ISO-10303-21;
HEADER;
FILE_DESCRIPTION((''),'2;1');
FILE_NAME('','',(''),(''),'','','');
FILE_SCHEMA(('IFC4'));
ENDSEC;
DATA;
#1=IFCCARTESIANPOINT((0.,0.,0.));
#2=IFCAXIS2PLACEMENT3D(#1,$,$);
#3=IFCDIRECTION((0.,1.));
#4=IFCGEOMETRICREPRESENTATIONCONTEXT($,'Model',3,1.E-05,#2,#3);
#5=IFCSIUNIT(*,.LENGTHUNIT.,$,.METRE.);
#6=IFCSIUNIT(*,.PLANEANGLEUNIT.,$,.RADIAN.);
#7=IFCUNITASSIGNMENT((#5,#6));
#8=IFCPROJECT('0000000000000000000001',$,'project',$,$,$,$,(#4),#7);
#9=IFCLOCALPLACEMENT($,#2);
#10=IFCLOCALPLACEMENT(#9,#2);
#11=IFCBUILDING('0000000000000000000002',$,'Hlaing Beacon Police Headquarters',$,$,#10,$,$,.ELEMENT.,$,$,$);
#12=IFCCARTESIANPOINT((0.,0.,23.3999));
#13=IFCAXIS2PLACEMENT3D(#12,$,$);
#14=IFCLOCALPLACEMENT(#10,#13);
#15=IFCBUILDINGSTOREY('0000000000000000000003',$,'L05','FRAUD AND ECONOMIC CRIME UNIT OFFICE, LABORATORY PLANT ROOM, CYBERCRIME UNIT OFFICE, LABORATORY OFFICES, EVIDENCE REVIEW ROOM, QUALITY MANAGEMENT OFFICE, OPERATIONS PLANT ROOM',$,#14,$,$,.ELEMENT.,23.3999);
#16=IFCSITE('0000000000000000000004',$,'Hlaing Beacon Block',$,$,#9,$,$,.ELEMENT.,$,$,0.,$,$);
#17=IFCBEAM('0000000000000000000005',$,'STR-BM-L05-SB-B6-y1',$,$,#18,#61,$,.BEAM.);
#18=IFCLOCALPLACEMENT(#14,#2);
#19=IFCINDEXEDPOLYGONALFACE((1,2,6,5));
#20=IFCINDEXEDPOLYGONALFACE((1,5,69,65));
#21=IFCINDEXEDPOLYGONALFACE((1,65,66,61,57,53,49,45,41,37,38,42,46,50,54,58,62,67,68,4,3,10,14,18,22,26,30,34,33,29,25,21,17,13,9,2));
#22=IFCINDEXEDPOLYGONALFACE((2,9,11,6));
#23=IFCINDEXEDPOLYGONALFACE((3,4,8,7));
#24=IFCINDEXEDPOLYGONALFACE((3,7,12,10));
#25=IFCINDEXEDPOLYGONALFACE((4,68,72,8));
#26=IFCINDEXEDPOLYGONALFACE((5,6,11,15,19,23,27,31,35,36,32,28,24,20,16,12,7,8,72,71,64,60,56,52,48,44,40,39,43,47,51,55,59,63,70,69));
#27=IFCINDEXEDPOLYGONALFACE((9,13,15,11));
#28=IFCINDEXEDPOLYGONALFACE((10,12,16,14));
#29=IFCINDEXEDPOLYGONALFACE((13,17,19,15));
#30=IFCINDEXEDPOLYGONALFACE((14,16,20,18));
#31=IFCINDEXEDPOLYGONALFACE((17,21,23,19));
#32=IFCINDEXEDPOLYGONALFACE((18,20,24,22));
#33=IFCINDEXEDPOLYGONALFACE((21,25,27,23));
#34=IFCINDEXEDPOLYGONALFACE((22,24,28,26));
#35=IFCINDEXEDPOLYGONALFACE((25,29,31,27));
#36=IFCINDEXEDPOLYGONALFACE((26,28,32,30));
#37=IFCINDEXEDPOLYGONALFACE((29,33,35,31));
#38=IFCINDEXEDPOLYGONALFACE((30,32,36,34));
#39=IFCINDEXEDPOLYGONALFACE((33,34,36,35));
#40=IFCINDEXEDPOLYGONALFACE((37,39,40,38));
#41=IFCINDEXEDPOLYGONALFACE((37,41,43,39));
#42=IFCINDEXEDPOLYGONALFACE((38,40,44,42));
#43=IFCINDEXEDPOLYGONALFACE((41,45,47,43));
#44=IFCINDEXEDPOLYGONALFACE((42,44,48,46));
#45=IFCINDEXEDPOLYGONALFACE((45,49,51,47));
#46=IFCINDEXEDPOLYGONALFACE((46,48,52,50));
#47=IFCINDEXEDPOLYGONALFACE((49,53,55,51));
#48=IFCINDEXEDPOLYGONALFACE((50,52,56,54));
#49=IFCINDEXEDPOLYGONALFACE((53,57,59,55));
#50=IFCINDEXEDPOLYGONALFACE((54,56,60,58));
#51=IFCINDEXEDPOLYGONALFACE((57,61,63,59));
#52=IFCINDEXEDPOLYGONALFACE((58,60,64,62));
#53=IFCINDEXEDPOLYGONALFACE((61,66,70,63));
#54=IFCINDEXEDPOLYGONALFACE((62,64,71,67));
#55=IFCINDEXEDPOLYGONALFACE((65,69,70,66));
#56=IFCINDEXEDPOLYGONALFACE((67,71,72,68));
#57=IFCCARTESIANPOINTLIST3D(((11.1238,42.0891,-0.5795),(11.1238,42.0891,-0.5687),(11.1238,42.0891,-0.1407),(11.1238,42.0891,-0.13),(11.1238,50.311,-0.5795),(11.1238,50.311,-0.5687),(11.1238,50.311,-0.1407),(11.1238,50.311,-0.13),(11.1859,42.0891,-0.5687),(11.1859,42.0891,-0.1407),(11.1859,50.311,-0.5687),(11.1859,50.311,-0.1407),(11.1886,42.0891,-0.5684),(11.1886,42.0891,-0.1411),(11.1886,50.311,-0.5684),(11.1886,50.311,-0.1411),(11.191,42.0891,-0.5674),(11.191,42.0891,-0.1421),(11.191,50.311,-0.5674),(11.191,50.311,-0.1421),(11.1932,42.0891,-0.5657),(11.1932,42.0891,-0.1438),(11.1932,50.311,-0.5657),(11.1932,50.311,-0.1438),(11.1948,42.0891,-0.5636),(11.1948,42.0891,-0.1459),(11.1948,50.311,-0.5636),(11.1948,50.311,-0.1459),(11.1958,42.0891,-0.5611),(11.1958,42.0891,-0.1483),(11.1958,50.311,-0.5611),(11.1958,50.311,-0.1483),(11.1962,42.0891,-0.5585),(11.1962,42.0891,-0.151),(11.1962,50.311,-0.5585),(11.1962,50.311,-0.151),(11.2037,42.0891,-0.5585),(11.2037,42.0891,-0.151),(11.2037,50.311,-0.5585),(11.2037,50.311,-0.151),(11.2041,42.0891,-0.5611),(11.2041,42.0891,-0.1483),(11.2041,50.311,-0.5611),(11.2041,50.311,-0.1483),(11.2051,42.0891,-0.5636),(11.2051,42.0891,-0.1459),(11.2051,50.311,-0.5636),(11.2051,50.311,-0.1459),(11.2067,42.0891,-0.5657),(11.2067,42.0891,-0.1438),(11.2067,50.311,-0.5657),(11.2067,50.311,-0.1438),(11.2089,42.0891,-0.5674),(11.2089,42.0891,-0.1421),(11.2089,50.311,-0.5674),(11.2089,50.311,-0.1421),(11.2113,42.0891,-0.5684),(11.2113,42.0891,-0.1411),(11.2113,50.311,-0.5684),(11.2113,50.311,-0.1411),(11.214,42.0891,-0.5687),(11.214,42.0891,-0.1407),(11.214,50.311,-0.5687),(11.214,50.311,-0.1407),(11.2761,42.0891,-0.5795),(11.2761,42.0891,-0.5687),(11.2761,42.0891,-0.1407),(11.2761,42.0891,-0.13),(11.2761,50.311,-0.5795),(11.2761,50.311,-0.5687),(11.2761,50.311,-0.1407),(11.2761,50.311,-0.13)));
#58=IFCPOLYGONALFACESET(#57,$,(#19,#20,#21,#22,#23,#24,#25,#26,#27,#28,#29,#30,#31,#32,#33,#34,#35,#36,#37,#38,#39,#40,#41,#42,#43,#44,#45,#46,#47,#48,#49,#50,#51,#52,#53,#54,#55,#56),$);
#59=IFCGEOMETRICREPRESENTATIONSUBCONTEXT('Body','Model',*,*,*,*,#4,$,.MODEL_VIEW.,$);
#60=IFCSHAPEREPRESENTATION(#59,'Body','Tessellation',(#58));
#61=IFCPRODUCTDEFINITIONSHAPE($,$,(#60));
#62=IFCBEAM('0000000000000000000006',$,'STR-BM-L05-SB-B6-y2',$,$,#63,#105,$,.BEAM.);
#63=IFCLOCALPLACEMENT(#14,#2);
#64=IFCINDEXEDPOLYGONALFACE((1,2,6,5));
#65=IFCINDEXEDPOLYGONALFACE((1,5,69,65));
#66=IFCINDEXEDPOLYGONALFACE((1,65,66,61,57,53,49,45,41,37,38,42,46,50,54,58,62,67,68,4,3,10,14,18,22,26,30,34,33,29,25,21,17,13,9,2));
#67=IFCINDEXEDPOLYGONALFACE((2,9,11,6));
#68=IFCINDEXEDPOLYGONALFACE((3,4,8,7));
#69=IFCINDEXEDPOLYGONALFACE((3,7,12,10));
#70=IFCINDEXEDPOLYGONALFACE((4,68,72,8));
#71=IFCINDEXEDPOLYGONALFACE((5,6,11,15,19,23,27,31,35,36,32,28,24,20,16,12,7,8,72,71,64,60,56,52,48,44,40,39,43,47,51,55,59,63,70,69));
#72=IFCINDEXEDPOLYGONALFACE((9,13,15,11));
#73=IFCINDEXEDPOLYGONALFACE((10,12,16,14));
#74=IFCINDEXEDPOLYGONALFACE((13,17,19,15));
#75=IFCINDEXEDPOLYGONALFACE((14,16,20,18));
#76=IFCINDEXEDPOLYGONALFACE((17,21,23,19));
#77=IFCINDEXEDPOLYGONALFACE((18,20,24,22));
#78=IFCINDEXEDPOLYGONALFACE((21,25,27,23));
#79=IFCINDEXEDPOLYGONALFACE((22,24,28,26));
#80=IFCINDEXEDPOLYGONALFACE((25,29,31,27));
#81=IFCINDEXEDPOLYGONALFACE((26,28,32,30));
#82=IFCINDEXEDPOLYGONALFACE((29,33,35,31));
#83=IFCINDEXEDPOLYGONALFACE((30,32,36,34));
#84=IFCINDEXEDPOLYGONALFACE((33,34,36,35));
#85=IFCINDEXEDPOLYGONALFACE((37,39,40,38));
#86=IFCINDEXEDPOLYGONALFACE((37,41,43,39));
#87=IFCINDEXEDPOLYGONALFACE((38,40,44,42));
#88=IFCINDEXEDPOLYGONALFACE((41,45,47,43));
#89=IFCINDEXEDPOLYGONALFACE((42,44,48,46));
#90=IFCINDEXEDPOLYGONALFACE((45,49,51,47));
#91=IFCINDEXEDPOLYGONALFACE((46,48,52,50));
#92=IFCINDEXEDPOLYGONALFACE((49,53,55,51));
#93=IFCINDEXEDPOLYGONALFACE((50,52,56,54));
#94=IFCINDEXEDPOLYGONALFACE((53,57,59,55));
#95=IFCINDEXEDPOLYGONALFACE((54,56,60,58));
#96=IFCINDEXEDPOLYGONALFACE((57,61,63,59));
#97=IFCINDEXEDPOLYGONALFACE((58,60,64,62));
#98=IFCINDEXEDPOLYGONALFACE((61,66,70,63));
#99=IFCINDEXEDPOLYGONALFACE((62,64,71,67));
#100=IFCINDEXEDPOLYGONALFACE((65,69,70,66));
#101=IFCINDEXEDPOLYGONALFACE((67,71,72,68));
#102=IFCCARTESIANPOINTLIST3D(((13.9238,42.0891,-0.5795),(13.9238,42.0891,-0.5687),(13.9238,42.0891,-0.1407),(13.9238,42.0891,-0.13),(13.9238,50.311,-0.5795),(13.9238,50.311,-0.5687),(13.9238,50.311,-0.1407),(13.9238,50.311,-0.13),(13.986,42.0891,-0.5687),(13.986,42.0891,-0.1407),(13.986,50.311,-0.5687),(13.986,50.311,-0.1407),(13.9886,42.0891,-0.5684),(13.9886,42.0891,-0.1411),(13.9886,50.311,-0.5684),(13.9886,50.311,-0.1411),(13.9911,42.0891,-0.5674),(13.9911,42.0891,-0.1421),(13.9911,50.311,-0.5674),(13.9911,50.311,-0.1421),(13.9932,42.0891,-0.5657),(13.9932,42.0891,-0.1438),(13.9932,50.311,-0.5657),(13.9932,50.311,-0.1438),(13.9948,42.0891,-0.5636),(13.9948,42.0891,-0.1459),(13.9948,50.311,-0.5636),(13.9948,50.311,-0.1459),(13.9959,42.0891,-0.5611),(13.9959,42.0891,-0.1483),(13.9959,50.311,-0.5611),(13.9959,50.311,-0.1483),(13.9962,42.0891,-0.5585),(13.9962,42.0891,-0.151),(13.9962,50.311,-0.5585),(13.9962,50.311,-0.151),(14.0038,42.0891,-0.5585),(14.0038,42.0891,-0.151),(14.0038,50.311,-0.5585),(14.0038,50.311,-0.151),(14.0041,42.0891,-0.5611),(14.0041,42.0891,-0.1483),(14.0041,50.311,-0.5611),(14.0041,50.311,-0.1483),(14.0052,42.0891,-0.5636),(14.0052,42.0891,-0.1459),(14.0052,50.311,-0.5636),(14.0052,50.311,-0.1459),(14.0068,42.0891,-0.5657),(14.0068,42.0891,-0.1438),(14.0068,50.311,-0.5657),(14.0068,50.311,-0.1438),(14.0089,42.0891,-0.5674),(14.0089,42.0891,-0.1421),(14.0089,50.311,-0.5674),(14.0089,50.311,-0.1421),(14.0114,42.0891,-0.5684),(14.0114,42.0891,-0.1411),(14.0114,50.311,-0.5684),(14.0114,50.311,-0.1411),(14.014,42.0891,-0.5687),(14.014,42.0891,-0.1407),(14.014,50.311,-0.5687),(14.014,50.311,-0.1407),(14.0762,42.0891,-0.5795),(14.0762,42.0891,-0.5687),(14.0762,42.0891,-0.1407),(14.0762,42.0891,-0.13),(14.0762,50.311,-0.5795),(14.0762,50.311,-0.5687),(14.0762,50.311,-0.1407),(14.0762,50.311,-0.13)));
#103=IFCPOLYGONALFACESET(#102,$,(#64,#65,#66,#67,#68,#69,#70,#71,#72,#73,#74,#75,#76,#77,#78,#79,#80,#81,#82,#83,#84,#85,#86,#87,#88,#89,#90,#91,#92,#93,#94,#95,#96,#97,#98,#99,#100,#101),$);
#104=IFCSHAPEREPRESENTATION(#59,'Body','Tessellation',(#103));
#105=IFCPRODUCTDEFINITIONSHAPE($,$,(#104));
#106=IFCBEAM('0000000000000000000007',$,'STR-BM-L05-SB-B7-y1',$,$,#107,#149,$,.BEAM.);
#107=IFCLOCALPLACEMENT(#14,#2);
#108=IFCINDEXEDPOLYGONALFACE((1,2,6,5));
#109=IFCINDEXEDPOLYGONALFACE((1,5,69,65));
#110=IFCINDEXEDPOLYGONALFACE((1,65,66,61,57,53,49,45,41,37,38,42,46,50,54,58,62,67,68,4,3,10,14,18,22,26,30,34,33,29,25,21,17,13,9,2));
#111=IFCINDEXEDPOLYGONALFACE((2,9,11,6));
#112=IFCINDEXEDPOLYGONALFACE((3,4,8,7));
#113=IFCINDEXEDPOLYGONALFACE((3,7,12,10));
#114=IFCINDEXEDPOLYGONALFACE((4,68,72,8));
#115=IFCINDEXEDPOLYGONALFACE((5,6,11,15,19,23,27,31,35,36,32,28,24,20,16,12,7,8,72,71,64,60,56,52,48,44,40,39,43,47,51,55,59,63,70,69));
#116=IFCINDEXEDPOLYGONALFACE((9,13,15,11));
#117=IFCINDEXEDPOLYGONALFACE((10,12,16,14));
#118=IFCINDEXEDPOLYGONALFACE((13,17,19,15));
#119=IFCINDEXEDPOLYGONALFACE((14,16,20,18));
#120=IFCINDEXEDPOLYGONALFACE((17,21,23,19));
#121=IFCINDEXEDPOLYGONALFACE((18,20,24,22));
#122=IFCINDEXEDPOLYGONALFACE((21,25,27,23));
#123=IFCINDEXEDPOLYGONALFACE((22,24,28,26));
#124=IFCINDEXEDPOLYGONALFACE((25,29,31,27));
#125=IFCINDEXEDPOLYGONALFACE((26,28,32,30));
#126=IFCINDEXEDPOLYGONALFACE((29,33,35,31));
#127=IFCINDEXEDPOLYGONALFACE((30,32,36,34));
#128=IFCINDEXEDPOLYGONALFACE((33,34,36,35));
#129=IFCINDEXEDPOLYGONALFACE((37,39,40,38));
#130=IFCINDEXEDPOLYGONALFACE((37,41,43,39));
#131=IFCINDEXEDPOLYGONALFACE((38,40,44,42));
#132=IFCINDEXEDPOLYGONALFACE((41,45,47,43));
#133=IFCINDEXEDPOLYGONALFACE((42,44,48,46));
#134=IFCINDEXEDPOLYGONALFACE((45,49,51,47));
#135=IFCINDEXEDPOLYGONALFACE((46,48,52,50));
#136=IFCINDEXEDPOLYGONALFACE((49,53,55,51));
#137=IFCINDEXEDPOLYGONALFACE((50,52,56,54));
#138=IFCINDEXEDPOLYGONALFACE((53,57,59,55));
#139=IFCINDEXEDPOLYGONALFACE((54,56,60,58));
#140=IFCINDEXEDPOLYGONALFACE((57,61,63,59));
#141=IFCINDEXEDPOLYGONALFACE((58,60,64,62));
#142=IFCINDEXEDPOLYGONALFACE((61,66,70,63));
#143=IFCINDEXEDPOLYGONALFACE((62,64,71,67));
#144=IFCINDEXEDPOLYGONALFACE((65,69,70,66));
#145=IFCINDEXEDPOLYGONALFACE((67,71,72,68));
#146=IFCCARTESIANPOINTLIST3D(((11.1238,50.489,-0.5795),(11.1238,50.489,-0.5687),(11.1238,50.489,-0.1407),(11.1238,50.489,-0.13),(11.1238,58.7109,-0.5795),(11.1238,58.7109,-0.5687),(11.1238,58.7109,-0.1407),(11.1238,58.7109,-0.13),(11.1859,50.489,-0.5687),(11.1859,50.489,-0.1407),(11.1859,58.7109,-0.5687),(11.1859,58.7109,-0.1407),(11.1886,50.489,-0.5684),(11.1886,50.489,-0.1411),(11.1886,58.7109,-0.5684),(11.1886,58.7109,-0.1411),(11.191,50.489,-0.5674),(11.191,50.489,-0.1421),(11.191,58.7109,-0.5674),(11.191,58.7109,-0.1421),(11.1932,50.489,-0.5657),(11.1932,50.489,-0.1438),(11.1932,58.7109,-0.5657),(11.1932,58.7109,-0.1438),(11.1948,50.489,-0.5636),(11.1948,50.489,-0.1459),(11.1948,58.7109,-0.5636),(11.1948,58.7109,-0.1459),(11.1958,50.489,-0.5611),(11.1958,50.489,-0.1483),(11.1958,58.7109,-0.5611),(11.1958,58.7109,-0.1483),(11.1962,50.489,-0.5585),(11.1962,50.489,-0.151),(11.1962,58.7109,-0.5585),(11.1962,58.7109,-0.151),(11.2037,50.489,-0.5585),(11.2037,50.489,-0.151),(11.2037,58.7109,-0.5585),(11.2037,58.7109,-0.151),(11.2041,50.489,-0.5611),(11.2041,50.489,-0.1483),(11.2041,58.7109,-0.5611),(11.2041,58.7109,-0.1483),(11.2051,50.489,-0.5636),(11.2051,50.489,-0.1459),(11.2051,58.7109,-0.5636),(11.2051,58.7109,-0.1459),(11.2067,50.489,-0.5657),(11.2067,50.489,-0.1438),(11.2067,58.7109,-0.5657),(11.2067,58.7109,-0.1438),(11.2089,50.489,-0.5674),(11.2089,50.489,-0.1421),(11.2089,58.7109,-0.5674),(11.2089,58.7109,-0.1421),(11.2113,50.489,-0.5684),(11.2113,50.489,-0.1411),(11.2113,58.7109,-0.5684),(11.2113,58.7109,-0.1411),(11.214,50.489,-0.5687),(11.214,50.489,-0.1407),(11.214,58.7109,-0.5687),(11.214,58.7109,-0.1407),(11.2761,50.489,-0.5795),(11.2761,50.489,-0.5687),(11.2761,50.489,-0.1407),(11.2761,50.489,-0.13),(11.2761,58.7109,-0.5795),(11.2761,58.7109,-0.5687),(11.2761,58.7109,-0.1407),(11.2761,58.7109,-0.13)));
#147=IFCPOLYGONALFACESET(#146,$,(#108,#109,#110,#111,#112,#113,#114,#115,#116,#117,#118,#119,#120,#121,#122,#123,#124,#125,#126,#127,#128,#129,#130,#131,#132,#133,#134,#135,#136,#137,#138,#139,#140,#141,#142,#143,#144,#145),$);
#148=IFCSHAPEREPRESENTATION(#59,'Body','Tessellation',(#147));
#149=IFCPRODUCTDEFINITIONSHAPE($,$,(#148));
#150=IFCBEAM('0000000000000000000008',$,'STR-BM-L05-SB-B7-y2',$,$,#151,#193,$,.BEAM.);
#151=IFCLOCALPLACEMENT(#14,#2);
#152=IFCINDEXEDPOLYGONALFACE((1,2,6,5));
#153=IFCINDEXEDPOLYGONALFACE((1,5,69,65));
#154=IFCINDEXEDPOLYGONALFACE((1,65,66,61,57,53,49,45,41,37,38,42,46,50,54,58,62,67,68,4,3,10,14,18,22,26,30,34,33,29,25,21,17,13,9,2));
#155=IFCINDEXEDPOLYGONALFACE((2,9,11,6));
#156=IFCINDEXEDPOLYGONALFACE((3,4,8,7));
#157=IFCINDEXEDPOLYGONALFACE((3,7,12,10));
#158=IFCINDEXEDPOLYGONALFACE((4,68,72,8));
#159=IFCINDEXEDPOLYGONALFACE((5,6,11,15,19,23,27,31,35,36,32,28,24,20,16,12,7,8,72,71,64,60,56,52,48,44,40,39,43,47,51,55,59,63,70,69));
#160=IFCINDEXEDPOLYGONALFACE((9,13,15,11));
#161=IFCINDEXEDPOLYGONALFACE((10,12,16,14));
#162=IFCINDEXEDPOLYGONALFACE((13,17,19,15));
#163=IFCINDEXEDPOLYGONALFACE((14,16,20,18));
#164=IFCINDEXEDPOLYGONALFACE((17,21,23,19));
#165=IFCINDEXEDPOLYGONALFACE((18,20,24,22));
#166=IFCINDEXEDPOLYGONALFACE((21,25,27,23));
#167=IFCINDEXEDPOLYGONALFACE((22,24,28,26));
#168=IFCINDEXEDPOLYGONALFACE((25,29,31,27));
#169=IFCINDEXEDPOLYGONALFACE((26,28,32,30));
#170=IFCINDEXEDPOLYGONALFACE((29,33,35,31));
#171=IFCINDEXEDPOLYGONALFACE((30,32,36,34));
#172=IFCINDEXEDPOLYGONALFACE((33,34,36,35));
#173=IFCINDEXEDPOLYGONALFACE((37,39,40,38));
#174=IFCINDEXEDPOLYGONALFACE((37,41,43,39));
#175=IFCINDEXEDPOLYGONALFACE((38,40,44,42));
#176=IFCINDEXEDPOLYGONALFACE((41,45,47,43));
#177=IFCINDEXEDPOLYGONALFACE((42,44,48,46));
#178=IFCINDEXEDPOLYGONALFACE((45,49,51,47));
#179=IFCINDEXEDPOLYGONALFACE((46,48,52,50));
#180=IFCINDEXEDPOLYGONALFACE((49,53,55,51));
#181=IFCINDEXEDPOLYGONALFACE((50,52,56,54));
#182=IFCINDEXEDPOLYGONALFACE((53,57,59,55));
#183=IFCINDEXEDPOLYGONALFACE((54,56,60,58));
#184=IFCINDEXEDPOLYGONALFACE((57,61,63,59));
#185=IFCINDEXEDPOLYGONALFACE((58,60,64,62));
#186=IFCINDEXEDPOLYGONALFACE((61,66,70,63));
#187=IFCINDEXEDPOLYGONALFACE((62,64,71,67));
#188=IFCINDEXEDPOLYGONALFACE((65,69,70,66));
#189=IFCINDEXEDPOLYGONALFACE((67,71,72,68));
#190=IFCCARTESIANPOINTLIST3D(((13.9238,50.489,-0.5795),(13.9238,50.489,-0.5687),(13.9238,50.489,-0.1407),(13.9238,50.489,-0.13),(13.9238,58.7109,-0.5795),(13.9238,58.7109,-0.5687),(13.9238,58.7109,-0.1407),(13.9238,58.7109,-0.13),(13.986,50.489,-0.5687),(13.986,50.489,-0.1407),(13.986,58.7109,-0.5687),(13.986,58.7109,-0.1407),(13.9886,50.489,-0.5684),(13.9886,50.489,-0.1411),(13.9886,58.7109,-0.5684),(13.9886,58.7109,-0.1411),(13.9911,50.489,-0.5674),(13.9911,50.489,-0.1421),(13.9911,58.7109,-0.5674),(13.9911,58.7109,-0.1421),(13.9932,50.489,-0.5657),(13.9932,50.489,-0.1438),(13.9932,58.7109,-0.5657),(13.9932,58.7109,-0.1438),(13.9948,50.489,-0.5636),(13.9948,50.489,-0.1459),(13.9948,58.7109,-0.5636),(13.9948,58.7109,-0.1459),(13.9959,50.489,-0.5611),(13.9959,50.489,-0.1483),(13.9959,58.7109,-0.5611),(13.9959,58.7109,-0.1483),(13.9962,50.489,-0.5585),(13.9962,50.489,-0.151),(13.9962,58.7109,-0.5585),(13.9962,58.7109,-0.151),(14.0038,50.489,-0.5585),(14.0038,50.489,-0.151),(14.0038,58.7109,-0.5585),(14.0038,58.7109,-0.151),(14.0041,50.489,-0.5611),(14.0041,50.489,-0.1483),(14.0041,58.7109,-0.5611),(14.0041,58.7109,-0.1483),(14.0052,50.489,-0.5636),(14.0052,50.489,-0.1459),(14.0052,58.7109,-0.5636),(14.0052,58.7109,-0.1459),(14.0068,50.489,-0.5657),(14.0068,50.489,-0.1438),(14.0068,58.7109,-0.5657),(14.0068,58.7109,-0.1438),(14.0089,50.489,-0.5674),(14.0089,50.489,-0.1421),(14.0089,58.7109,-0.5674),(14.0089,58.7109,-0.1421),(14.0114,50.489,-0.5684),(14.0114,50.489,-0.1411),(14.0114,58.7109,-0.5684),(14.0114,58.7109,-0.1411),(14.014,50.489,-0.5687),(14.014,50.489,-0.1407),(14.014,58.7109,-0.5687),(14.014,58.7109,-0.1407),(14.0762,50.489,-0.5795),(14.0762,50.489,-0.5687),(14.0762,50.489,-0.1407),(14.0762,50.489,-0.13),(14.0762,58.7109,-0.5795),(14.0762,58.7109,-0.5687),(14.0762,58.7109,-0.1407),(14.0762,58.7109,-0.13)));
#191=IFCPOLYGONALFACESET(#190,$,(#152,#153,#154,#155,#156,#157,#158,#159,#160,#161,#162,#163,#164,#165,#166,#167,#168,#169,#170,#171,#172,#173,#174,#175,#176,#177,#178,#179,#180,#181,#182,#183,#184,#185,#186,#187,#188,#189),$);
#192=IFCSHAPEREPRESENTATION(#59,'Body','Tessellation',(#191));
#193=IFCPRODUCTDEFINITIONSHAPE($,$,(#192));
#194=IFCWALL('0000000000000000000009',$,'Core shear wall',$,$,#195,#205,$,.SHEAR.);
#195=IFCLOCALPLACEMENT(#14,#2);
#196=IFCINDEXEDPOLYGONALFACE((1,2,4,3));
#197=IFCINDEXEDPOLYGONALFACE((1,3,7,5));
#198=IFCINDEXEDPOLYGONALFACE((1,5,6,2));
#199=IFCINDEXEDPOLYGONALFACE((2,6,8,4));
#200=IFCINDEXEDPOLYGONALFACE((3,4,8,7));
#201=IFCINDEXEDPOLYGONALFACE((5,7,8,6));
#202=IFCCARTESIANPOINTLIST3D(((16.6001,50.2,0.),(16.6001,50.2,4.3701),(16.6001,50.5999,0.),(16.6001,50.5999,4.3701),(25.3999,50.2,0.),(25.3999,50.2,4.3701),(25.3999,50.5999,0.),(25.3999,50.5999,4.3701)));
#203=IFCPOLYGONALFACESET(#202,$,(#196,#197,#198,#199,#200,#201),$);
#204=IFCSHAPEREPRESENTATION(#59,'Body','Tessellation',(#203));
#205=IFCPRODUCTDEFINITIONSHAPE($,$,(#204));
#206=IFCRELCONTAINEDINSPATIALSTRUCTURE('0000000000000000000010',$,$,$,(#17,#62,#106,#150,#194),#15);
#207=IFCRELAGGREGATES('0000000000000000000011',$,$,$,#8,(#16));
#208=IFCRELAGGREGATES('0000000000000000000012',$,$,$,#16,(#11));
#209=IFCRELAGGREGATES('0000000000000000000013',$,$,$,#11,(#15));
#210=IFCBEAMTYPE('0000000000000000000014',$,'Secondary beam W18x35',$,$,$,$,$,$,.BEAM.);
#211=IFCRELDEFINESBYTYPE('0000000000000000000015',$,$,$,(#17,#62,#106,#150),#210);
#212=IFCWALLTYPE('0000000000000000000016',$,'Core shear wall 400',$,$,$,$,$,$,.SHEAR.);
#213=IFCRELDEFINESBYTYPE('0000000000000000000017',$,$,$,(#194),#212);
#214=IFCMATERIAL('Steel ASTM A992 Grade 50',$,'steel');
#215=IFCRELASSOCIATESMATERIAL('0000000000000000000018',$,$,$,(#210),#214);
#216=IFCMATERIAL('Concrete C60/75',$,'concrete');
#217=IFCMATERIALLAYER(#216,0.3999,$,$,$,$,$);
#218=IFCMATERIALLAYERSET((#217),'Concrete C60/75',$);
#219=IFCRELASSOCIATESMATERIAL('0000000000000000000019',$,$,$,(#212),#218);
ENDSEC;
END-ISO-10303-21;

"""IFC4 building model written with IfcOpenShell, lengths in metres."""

from ifc_helpers import new_model, si_unit, direction, frame, frame_2d, origin, origin_2d, place, context, subcontext, project, spatial, rectangle, i_section, extrude, material, layer, layer_set, material_profile, profile_set, type_object, element, save


model = new_model("IFC4")

# Units and contexts
model_context = context("Model", 3, precision=1e-05, world=origin(), true_north=direction((0.0, 1.0)))
body_context = subcontext(model_context, "Body", "Model", "MODEL_VIEW")
ifc_project = project(units=[si_unit("LENGTHUNIT", "METRE"), si_unit("PLANEANGLEUNIT", "RADIAN")], contexts=[model_context])

# Site, building, storey
site_placement = place(None, origin())
site = spatial("IfcSite", under=ifc_project, at=site_placement, Name="Hlaing Beacon Block", CompositionType="ELEMENT", RefElevation=0.0)
building_placement = place(site_placement, origin())
building = spatial("IfcBuilding", under=site, at=building_placement, Name="Hlaing Beacon Police Headquarters", CompositionType="ELEMENT")
storey_placement = place(building_placement, frame((0.0, 0.0, 23.3999)))
storey = spatial("IfcBuildingStorey", under=building, at=storey_placement, Name="L05", Description="FRAUD AND ECONOMIC CRIME UNIT OFFICE, LABORATORY PLANT ROOM, CYBERCRIME UNIT OFFICE, LABORATORY OFFICES, EVIDENCE REVIEW ROOM, QUALITY MANAGEMENT OFFICE, OPERATIONS PLANT ROOM", CompositionType="ELEMENT", Elevation=23.3999)

# Beams
ifc_material_1 = material(Name="Steel ASTM A992 Grade 50", Category="steel")
ifc_material_profile_1 = material_profile(ifc_material_1, i_section(OverallWidth=0.1523, OverallDepth=0.4495, WebThickness=0.0076, FlangeThickness=0.0107, FilletRadius=0.0103, at=origin_2d()), Name="W18x35")
ifc_profile_set_1 = profile_set([ifc_material_profile_1], Name="Steel ASTM A992 Grade 50")
beam_type_1 = type_object("IfcBeamType", Name="Secondary beam W18x35", PredefinedType="BEAM", material=ifc_profile_set_1)
for number, where, z_axis, x_axis, name in (
    (1, (11.2, 42.0891, -0.3547), (0.0, 1.0, 0.0), (-1.0, 0.0, 0.0), "STR-BM-L05-SB-B6-y1"),
    (2, (14.0, 42.0891, -0.3547), (0.0, 1.0, 0.0), (-1.0, 0.0, 0.0), "STR-BM-L05-SB-B6-y2"),
    (3, (11.2, 50.489, -0.3547), (0.0, 1.0, 0.0), (-1.0, 0.0, 0.0), "STR-BM-L05-SB-B7-y1"),
    (4, (14.0, 50.489, -0.3547), (0.0, 1.0, 0.0), (-1.0, 0.0, 0.0), "STR-BM-L05-SB-B7-y2"),
):
    element("IfcBeam", number, at=place(storey_placement, frame(where, z_axis=z_axis, x_axis=x_axis)), inside=storey, type_object=beam_type_1, Name=name, PredefinedType="BEAM", context=body_context, shape_type="SweptSolid", body=[
        extrude(i_section(OverallWidth=0.1523, OverallDepth=0.4495, WebThickness=0.0076, FlangeThickness=0.0107, FilletRadius=0.0103, at=origin_2d()), origin(), (0.0, 0.0, 1.0), 8.2219),
    ])

# Wall
ifc_material_2 = material(Name="Concrete C60/75", Category="concrete")
ifc_layer_1 = layer(ifc_material_2, 0.3999)
ifc_layer_set_1 = layer_set([ifc_layer_1], Name="Concrete C60/75")
wall_type_1 = type_object("IfcWallType", Name="Core shear wall 400", PredefinedType="SHEAR", material=ifc_layer_set_1)
wall_1_placement = place(storey_placement, frame((16.6001, 50.3999, 0.0), z_axis=(0.0, 0.0, 1.0), x_axis=(1.0, 0.0, 0.0)))
element("IfcWall", 5, at=wall_1_placement, inside=storey, type_object=wall_type_1, Name="Core shear wall", PredefinedType="SHEAR", context=body_context, shape_type="SweptSolid", body=[
    extrude(rectangle(XDim=8.7998, YDim=0.3999, at=frame_2d((4.3999, 0.0))), origin(), (0.0, 0.0, 1.0), 4.3701),
])

save(model, "model.ifc")
